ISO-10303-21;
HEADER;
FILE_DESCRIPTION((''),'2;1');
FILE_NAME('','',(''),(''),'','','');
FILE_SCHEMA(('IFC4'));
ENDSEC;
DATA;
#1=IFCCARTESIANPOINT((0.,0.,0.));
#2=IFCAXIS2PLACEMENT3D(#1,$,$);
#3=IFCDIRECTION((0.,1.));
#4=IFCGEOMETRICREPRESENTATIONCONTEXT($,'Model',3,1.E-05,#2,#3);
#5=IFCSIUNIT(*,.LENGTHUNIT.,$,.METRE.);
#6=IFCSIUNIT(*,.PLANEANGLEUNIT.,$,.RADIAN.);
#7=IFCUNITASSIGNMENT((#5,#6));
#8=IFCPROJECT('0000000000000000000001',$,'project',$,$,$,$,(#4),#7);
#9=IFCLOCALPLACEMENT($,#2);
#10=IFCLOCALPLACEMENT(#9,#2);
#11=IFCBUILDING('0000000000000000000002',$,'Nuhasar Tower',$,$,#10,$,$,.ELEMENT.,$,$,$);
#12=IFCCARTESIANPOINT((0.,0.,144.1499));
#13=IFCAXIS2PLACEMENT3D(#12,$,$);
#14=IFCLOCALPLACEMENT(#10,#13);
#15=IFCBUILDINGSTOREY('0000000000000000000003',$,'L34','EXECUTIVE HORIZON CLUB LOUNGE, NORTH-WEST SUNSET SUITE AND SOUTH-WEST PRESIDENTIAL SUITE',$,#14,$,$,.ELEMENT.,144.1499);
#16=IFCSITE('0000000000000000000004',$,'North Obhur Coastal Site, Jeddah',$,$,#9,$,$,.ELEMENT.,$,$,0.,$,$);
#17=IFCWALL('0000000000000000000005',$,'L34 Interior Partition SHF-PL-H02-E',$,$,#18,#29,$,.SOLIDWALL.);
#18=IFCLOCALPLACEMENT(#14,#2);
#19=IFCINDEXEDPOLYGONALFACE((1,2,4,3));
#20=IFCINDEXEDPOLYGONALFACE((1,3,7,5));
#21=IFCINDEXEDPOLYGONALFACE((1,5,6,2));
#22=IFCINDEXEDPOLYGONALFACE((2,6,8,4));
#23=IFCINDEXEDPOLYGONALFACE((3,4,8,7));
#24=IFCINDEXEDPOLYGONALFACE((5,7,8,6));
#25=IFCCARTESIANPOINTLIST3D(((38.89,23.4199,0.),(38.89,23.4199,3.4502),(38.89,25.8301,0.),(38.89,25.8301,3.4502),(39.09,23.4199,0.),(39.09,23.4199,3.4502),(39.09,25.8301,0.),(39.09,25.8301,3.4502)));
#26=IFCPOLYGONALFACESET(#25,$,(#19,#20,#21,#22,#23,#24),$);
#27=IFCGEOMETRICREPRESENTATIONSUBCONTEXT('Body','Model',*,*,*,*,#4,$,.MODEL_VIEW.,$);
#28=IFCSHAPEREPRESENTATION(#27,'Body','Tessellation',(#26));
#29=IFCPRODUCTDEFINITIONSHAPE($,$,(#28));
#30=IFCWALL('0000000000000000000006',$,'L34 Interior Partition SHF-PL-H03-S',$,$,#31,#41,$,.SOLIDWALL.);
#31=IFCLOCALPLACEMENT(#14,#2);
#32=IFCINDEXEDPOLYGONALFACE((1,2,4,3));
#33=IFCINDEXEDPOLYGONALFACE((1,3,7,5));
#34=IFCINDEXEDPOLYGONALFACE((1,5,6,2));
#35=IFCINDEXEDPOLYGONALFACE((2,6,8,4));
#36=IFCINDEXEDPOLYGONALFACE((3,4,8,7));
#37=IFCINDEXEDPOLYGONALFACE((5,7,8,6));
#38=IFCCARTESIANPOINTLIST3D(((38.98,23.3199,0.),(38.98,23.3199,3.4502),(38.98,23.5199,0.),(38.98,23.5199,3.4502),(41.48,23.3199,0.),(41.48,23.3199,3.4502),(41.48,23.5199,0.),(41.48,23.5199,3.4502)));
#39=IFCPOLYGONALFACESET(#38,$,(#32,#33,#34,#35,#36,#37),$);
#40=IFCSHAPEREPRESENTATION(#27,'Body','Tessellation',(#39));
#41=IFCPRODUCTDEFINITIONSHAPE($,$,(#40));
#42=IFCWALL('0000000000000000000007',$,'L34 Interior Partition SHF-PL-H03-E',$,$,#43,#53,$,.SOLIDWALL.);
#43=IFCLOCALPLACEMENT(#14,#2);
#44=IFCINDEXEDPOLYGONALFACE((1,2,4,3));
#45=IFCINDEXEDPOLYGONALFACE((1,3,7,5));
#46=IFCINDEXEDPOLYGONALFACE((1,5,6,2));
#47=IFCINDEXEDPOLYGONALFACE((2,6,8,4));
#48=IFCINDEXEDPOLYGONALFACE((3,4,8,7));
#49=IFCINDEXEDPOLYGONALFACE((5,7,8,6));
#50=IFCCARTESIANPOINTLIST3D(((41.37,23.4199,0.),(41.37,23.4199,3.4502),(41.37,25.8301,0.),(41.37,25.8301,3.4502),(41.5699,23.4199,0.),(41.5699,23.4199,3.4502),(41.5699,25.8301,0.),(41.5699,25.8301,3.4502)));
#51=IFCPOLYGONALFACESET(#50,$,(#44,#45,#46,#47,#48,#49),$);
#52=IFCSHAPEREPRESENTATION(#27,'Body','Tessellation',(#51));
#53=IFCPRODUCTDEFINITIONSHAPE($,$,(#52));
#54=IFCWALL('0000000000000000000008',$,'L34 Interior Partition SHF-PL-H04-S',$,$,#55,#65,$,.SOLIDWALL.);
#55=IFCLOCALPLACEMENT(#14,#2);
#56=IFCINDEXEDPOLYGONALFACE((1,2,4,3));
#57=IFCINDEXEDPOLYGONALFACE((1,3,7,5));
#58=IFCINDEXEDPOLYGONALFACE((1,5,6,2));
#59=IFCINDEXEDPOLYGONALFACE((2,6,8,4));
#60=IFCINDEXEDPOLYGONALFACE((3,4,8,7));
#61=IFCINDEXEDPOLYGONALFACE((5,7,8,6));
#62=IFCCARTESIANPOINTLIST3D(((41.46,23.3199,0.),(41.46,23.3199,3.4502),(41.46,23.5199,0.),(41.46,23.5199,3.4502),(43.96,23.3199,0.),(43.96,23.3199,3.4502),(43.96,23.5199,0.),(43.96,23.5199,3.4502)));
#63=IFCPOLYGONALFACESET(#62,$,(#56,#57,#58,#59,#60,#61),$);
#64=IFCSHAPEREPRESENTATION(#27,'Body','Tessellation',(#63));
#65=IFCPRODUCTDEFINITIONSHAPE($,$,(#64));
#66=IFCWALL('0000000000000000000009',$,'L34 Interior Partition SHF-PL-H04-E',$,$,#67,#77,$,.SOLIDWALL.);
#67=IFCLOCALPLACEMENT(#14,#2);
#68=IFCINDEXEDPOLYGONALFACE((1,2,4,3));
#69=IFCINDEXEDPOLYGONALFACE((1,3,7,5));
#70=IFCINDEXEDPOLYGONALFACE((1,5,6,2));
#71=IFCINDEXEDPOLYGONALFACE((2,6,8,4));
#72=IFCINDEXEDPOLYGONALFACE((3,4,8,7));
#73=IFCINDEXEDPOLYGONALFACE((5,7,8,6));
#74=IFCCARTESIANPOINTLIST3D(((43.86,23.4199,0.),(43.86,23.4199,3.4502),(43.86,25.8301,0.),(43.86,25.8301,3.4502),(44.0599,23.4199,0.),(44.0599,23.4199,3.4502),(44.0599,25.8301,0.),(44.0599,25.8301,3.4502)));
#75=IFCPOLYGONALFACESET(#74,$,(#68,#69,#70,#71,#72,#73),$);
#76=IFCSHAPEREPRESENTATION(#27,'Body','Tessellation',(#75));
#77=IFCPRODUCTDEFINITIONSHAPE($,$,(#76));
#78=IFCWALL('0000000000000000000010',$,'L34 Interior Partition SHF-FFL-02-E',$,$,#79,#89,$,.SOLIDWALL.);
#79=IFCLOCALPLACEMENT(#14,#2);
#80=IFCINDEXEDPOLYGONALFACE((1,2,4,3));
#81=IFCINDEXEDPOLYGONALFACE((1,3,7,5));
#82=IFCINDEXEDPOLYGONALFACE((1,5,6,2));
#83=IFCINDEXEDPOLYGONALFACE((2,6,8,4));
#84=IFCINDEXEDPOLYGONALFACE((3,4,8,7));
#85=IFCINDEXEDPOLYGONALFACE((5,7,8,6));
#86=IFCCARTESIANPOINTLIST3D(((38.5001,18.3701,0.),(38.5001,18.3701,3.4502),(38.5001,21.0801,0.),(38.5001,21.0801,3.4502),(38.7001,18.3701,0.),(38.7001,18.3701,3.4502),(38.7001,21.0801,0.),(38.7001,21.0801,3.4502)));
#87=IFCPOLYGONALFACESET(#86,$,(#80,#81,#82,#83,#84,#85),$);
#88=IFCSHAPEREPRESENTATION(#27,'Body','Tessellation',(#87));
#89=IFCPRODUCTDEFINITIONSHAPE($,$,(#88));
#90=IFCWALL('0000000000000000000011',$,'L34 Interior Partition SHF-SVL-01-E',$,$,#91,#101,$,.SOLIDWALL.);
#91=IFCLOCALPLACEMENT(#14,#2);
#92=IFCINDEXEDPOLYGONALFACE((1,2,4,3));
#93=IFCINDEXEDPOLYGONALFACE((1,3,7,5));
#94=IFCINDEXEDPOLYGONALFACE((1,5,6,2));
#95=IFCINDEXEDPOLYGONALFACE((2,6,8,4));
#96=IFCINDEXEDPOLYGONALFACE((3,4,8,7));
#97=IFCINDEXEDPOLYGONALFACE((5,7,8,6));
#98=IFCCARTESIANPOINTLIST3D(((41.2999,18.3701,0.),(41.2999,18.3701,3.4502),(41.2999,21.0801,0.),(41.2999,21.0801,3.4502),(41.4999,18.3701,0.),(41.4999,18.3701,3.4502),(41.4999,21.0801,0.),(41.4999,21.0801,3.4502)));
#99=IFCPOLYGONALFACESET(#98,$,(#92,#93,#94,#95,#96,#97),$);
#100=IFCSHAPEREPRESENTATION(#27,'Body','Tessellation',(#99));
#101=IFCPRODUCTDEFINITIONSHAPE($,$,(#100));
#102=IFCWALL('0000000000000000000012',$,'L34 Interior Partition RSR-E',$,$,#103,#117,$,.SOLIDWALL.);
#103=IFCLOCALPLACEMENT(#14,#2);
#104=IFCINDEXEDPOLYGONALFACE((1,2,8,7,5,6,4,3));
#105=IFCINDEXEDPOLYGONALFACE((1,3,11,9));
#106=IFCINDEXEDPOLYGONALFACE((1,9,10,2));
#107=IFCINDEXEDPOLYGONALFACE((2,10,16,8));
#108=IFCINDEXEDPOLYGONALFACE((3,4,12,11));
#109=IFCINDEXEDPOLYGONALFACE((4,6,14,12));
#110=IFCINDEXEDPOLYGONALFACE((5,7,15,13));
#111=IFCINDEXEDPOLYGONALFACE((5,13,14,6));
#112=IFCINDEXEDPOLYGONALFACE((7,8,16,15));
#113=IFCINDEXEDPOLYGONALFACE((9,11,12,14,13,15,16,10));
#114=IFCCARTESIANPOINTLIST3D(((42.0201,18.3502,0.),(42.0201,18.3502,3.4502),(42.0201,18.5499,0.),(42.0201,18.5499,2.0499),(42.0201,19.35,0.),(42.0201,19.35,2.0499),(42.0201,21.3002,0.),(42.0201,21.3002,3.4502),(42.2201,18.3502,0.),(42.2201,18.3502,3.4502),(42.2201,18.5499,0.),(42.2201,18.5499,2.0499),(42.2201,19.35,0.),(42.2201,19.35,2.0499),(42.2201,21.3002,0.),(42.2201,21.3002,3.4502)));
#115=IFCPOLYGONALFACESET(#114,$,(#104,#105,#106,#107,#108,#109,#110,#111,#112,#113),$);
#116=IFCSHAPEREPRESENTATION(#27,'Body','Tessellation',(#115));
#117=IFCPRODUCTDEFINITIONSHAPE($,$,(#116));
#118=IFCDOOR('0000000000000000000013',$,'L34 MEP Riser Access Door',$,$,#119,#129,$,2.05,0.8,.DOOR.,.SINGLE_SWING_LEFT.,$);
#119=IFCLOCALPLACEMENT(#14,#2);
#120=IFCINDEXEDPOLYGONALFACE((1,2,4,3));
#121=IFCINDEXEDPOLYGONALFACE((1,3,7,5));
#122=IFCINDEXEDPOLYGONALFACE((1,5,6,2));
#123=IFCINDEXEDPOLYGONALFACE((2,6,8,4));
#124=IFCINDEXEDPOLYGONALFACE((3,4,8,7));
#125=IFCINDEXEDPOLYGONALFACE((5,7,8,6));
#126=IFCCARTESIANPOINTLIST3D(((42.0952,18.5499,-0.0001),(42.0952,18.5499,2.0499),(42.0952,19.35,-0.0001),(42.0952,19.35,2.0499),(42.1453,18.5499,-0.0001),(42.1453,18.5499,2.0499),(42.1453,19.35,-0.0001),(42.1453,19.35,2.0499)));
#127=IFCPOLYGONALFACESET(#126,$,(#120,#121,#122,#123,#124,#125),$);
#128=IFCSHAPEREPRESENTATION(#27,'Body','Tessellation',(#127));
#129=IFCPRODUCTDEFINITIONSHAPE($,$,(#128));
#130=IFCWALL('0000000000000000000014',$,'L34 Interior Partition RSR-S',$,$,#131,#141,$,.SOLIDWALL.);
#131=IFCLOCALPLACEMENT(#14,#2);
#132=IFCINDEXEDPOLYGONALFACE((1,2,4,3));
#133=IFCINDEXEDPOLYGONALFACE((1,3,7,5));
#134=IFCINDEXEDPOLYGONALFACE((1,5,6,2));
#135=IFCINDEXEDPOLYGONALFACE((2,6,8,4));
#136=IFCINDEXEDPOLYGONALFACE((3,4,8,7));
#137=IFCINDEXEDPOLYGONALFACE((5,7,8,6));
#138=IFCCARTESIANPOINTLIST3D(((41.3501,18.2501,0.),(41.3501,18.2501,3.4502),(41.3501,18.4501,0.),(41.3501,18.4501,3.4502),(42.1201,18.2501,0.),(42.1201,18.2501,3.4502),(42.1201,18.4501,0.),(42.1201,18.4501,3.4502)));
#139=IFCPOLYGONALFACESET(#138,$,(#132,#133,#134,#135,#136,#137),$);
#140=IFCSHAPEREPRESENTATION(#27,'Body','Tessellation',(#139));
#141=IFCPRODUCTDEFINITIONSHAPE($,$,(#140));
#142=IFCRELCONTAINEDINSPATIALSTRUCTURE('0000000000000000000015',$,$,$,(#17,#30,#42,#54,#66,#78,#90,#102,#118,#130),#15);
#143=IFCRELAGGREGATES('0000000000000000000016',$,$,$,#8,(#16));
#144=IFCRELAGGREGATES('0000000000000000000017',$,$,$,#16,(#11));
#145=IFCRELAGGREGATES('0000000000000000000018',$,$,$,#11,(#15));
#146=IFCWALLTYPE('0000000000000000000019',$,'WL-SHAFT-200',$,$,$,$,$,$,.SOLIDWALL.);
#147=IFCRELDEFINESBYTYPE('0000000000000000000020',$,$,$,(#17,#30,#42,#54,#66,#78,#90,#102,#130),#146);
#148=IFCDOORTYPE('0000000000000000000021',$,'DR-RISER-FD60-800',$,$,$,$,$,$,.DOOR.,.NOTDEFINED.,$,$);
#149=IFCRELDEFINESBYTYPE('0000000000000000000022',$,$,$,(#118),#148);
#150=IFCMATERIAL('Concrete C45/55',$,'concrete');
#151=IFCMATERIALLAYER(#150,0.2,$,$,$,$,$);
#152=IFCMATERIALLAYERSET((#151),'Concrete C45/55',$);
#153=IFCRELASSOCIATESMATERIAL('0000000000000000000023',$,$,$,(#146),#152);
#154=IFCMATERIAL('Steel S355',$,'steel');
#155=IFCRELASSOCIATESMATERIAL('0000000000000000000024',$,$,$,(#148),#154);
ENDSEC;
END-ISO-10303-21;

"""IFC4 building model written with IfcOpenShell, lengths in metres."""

from ifc_helpers import new_model, si_unit, direction, frame, frame_2d, origin, place, context, subcontext, project, spatial, rectangle, extrude, material, layer, layer_set, type_object, element, fill, save


model = new_model("IFC4")

# Units and contexts
model_context = context("Model", 3, precision=1e-05, world=origin(), true_north=direction((0.0, 1.0)))
body_context = subcontext(model_context, "Body", "Model", "MODEL_VIEW")
ifc_project = project(units=[si_unit("LENGTHUNIT", "METRE"), si_unit("PLANEANGLEUNIT", "RADIAN")], contexts=[model_context])

# Site, building, storey
site_placement = place(None, origin())
site = spatial("IfcSite", under=ifc_project, at=site_placement, Name="North Obhur Coastal Site, Jeddah", CompositionType="ELEMENT", RefElevation=0.0)
building_placement = place(site_placement, origin())
building = spatial("IfcBuilding", under=site, at=building_placement, Name="Nuhasar Tower", CompositionType="ELEMENT")
storey_placement = place(building_placement, frame((0.0, 0.0, 144.1499)))
storey = spatial("IfcBuildingStorey", under=building, at=storey_placement, Name="L34", Description="EXECUTIVE HORIZON CLUB LOUNGE, NORTH-WEST SUNSET SUITE AND SOUTH-WEST PRESIDENTIAL SUITE", CompositionType="ELEMENT", Elevation=144.1499)

# Shared definitions
ifc_material_1 = material(Name="Steel S355", Category="steel")

# Shared definitions
ifc_material_2 = material(Name="Concrete C45/55", Category="concrete")

# Shared definitions
ifc_layer_1 = layer(ifc_material_2, 0.2)
ifc_layer_set_1 = layer_set([ifc_layer_1], Name="Concrete C45/55")
wall_type_1 = type_object("IfcWallType", Name="WL-SHAFT-200", PredefinedType="SOLIDWALL", material=ifc_layer_set_1)

# Walls
wall_1_placement = place(storey_placement, frame((38.99, 23.4199, 0.0), z_axis=(0.0, 0.0, 1.0), x_axis=(0.0, 1.0, 0.0)))
element("IfcWall", 1, at=wall_1_placement, inside=storey, type_object=wall_type_1, Name="L34 Interior Partition SHF-PL-H02-E", PredefinedType="SOLIDWALL", context=body_context, shape_type="SweptSolid", body=[
    extrude(rectangle(XDim=2.4102, YDim=0.2, at=frame_2d((1.2051, 0.0))), origin(), (0.0, 0.0, 1.0), 3.4502),
])
wall_2_placement = place(storey_placement, frame((38.98, 23.4199, 0.0), z_axis=(0.0, 0.0, 1.0), x_axis=(1.0, 0.0, 0.0)))
element("IfcWall", 2, at=wall_2_placement, inside=storey, type_object=wall_type_1, Name="L34 Interior Partition SHF-PL-H03-S", PredefinedType="SOLIDWALL", context=body_context, shape_type="SweptSolid", body=[
    extrude(rectangle(XDim=2.5, YDim=0.2, at=frame_2d((1.25, 0.0))), origin(), (0.0, 0.0, 1.0), 3.4502),
])
wall_3_placement = place(storey_placement, frame((41.47, 23.4199, 0.0), z_axis=(0.0, 0.0, 1.0), x_axis=(0.0, 1.0, 0.0)))
element("IfcWall", 3, at=wall_3_placement, inside=storey, type_object=wall_type_1, Name="L34 Interior Partition SHF-PL-H03-E", PredefinedType="SOLIDWALL", context=body_context, shape_type="SweptSolid", body=[
    extrude(rectangle(XDim=2.4102, YDim=0.2, at=frame_2d((1.2051, 0.0))), origin(), (0.0, 0.0, 1.0), 3.4502),
])
wall_4_placement = place(storey_placement, frame((41.46, 23.4199, 0.0), z_axis=(0.0, 0.0, 1.0), x_axis=(1.0, 0.0, 0.0)))
element("IfcWall", 4, at=wall_4_placement, inside=storey, type_object=wall_type_1, Name="L34 Interior Partition SHF-PL-H04-S", PredefinedType="SOLIDWALL", context=body_context, shape_type="SweptSolid", body=[
    extrude(rectangle(XDim=2.5, YDim=0.2, at=frame_2d((1.25, 0.0))), origin(), (0.0, 0.0, 1.0), 3.4502),
])
wall_5_placement = place(storey_placement, frame((43.96, 23.4199, 0.0), z_axis=(0.0, 0.0, 1.0), x_axis=(0.0, 1.0, 0.0)))
element("IfcWall", 5, at=wall_5_placement, inside=storey, type_object=wall_type_1, Name="L34 Interior Partition SHF-PL-H04-E", PredefinedType="SOLIDWALL", context=body_context, shape_type="SweptSolid", body=[
    extrude(rectangle(XDim=2.4102, YDim=0.2, at=frame_2d((1.2051, 0.0))), origin(), (0.0, 0.0, 1.0), 3.4502),
])
for number, where, z_axis, x_axis, name in (
    (6, (38.6001, 18.3701, 0.0), (0.0, 0.0, 1.0), (0.0, 1.0, 0.0), "L34 Interior Partition SHF-FFL-02-E"),
    (7, (41.3999, 18.3701, 0.0), (0.0, 0.0, 1.0), (0.0, 1.0, 0.0), "L34 Interior Partition SHF-SVL-01-E"),
):
    element("IfcWall", number, at=place(storey_placement, frame(where, z_axis=z_axis, x_axis=x_axis)), inside=storey, type_object=wall_type_1, Name=name, PredefinedType="SOLIDWALL", context=body_context, shape_type="SweptSolid", body=[
        extrude(rectangle(XDim=2.71, YDim=0.2, at=frame_2d((1.355, 0.0))), origin(), (0.0, 0.0, 1.0), 3.4502),
    ])

# Wall, opening, door
wall_6_placement = place(storey_placement, frame((42.1201, 18.3501, 0.0), z_axis=(0.0, 0.0, 1.0), x_axis=(0.0, 1.0, 0.0)))
wall_6 = element("IfcWall", 8, at=wall_6_placement, inside=storey, type_object=wall_type_1, Name="L34 Interior Partition RSR-E", PredefinedType="SOLIDWALL", context=body_context, shape_type="SweptSolid", body=[
    extrude(rectangle(XDim=2.95, YDim=0.2, at=frame_2d((1.4751, 0.0))), origin(), (0.0, 0.0, 1.0), 3.4502),
])
opening_1_placement = place(wall_6_placement, frame((0.2, 0.0, 0.0)))
opening_1 = element("IfcOpeningElement", 9, at=opening_1_placement, cuts=wall_6, PredefinedType="OPENING", context=body_context, shape_type="SweptSolid", body=[
    extrude(rectangle(XDim=0.8, YDim=2.05, at=frame_2d((0.3999, 1.0249))), frame((0.0, 0.1099, 0.0), z_axis=(0.0, -1.0, 0.0), x_axis=(1.0, 0.0, 0.0)), (0.0, 0.0, 1.0), 0.22),
])
door_type_1 = type_object("IfcDoorType", Name="DR-RISER-FD60-800", OperationType="NOTDEFINED", PredefinedType="DOOR", material=ifc_material_1)
door_1_placement = place(opening_1_placement, origin())
door_1 = element("IfcDoor", 10, at=door_1_placement, inside=storey, type_object=door_type_1, Name="L34 MEP Riser Access Door", OperationType="SINGLE_SWING_LEFT", OverallHeight=2.05, OverallWidth=0.8, PredefinedType="DOOR", context=body_context, shape_type="SweptSolid", body=[
    extrude(rectangle(XDim=0.8, YDim=2.05, at=frame_2d((0.3999, 1.0249))), frame((0.0, 0.0249, 0.0), z_axis=(0.0, -1.0, 0.0), x_axis=(1.0, 0.0, 0.0)), (0.0, 0.0, 1.0), 0.05),
])
fill(opening_1, door_1)

# Wall
wall_7_placement = place(storey_placement, frame((41.3501, 18.3501, 0.0), z_axis=(0.0, 0.0, 1.0), x_axis=(1.0, 0.0, 0.0)))
element("IfcWall", 11, at=wall_7_placement, inside=storey, type_object=wall_type_1, Name="L34 Interior Partition RSR-S", PredefinedType="SOLIDWALL", context=body_context, shape_type="SweptSolid", body=[
    extrude(rectangle(XDim=0.77, YDim=0.2, at=frame_2d((0.385, 0.0))), origin(), (0.0, 0.0, 1.0), 3.4502),
])

save(model, "model.ifc")
